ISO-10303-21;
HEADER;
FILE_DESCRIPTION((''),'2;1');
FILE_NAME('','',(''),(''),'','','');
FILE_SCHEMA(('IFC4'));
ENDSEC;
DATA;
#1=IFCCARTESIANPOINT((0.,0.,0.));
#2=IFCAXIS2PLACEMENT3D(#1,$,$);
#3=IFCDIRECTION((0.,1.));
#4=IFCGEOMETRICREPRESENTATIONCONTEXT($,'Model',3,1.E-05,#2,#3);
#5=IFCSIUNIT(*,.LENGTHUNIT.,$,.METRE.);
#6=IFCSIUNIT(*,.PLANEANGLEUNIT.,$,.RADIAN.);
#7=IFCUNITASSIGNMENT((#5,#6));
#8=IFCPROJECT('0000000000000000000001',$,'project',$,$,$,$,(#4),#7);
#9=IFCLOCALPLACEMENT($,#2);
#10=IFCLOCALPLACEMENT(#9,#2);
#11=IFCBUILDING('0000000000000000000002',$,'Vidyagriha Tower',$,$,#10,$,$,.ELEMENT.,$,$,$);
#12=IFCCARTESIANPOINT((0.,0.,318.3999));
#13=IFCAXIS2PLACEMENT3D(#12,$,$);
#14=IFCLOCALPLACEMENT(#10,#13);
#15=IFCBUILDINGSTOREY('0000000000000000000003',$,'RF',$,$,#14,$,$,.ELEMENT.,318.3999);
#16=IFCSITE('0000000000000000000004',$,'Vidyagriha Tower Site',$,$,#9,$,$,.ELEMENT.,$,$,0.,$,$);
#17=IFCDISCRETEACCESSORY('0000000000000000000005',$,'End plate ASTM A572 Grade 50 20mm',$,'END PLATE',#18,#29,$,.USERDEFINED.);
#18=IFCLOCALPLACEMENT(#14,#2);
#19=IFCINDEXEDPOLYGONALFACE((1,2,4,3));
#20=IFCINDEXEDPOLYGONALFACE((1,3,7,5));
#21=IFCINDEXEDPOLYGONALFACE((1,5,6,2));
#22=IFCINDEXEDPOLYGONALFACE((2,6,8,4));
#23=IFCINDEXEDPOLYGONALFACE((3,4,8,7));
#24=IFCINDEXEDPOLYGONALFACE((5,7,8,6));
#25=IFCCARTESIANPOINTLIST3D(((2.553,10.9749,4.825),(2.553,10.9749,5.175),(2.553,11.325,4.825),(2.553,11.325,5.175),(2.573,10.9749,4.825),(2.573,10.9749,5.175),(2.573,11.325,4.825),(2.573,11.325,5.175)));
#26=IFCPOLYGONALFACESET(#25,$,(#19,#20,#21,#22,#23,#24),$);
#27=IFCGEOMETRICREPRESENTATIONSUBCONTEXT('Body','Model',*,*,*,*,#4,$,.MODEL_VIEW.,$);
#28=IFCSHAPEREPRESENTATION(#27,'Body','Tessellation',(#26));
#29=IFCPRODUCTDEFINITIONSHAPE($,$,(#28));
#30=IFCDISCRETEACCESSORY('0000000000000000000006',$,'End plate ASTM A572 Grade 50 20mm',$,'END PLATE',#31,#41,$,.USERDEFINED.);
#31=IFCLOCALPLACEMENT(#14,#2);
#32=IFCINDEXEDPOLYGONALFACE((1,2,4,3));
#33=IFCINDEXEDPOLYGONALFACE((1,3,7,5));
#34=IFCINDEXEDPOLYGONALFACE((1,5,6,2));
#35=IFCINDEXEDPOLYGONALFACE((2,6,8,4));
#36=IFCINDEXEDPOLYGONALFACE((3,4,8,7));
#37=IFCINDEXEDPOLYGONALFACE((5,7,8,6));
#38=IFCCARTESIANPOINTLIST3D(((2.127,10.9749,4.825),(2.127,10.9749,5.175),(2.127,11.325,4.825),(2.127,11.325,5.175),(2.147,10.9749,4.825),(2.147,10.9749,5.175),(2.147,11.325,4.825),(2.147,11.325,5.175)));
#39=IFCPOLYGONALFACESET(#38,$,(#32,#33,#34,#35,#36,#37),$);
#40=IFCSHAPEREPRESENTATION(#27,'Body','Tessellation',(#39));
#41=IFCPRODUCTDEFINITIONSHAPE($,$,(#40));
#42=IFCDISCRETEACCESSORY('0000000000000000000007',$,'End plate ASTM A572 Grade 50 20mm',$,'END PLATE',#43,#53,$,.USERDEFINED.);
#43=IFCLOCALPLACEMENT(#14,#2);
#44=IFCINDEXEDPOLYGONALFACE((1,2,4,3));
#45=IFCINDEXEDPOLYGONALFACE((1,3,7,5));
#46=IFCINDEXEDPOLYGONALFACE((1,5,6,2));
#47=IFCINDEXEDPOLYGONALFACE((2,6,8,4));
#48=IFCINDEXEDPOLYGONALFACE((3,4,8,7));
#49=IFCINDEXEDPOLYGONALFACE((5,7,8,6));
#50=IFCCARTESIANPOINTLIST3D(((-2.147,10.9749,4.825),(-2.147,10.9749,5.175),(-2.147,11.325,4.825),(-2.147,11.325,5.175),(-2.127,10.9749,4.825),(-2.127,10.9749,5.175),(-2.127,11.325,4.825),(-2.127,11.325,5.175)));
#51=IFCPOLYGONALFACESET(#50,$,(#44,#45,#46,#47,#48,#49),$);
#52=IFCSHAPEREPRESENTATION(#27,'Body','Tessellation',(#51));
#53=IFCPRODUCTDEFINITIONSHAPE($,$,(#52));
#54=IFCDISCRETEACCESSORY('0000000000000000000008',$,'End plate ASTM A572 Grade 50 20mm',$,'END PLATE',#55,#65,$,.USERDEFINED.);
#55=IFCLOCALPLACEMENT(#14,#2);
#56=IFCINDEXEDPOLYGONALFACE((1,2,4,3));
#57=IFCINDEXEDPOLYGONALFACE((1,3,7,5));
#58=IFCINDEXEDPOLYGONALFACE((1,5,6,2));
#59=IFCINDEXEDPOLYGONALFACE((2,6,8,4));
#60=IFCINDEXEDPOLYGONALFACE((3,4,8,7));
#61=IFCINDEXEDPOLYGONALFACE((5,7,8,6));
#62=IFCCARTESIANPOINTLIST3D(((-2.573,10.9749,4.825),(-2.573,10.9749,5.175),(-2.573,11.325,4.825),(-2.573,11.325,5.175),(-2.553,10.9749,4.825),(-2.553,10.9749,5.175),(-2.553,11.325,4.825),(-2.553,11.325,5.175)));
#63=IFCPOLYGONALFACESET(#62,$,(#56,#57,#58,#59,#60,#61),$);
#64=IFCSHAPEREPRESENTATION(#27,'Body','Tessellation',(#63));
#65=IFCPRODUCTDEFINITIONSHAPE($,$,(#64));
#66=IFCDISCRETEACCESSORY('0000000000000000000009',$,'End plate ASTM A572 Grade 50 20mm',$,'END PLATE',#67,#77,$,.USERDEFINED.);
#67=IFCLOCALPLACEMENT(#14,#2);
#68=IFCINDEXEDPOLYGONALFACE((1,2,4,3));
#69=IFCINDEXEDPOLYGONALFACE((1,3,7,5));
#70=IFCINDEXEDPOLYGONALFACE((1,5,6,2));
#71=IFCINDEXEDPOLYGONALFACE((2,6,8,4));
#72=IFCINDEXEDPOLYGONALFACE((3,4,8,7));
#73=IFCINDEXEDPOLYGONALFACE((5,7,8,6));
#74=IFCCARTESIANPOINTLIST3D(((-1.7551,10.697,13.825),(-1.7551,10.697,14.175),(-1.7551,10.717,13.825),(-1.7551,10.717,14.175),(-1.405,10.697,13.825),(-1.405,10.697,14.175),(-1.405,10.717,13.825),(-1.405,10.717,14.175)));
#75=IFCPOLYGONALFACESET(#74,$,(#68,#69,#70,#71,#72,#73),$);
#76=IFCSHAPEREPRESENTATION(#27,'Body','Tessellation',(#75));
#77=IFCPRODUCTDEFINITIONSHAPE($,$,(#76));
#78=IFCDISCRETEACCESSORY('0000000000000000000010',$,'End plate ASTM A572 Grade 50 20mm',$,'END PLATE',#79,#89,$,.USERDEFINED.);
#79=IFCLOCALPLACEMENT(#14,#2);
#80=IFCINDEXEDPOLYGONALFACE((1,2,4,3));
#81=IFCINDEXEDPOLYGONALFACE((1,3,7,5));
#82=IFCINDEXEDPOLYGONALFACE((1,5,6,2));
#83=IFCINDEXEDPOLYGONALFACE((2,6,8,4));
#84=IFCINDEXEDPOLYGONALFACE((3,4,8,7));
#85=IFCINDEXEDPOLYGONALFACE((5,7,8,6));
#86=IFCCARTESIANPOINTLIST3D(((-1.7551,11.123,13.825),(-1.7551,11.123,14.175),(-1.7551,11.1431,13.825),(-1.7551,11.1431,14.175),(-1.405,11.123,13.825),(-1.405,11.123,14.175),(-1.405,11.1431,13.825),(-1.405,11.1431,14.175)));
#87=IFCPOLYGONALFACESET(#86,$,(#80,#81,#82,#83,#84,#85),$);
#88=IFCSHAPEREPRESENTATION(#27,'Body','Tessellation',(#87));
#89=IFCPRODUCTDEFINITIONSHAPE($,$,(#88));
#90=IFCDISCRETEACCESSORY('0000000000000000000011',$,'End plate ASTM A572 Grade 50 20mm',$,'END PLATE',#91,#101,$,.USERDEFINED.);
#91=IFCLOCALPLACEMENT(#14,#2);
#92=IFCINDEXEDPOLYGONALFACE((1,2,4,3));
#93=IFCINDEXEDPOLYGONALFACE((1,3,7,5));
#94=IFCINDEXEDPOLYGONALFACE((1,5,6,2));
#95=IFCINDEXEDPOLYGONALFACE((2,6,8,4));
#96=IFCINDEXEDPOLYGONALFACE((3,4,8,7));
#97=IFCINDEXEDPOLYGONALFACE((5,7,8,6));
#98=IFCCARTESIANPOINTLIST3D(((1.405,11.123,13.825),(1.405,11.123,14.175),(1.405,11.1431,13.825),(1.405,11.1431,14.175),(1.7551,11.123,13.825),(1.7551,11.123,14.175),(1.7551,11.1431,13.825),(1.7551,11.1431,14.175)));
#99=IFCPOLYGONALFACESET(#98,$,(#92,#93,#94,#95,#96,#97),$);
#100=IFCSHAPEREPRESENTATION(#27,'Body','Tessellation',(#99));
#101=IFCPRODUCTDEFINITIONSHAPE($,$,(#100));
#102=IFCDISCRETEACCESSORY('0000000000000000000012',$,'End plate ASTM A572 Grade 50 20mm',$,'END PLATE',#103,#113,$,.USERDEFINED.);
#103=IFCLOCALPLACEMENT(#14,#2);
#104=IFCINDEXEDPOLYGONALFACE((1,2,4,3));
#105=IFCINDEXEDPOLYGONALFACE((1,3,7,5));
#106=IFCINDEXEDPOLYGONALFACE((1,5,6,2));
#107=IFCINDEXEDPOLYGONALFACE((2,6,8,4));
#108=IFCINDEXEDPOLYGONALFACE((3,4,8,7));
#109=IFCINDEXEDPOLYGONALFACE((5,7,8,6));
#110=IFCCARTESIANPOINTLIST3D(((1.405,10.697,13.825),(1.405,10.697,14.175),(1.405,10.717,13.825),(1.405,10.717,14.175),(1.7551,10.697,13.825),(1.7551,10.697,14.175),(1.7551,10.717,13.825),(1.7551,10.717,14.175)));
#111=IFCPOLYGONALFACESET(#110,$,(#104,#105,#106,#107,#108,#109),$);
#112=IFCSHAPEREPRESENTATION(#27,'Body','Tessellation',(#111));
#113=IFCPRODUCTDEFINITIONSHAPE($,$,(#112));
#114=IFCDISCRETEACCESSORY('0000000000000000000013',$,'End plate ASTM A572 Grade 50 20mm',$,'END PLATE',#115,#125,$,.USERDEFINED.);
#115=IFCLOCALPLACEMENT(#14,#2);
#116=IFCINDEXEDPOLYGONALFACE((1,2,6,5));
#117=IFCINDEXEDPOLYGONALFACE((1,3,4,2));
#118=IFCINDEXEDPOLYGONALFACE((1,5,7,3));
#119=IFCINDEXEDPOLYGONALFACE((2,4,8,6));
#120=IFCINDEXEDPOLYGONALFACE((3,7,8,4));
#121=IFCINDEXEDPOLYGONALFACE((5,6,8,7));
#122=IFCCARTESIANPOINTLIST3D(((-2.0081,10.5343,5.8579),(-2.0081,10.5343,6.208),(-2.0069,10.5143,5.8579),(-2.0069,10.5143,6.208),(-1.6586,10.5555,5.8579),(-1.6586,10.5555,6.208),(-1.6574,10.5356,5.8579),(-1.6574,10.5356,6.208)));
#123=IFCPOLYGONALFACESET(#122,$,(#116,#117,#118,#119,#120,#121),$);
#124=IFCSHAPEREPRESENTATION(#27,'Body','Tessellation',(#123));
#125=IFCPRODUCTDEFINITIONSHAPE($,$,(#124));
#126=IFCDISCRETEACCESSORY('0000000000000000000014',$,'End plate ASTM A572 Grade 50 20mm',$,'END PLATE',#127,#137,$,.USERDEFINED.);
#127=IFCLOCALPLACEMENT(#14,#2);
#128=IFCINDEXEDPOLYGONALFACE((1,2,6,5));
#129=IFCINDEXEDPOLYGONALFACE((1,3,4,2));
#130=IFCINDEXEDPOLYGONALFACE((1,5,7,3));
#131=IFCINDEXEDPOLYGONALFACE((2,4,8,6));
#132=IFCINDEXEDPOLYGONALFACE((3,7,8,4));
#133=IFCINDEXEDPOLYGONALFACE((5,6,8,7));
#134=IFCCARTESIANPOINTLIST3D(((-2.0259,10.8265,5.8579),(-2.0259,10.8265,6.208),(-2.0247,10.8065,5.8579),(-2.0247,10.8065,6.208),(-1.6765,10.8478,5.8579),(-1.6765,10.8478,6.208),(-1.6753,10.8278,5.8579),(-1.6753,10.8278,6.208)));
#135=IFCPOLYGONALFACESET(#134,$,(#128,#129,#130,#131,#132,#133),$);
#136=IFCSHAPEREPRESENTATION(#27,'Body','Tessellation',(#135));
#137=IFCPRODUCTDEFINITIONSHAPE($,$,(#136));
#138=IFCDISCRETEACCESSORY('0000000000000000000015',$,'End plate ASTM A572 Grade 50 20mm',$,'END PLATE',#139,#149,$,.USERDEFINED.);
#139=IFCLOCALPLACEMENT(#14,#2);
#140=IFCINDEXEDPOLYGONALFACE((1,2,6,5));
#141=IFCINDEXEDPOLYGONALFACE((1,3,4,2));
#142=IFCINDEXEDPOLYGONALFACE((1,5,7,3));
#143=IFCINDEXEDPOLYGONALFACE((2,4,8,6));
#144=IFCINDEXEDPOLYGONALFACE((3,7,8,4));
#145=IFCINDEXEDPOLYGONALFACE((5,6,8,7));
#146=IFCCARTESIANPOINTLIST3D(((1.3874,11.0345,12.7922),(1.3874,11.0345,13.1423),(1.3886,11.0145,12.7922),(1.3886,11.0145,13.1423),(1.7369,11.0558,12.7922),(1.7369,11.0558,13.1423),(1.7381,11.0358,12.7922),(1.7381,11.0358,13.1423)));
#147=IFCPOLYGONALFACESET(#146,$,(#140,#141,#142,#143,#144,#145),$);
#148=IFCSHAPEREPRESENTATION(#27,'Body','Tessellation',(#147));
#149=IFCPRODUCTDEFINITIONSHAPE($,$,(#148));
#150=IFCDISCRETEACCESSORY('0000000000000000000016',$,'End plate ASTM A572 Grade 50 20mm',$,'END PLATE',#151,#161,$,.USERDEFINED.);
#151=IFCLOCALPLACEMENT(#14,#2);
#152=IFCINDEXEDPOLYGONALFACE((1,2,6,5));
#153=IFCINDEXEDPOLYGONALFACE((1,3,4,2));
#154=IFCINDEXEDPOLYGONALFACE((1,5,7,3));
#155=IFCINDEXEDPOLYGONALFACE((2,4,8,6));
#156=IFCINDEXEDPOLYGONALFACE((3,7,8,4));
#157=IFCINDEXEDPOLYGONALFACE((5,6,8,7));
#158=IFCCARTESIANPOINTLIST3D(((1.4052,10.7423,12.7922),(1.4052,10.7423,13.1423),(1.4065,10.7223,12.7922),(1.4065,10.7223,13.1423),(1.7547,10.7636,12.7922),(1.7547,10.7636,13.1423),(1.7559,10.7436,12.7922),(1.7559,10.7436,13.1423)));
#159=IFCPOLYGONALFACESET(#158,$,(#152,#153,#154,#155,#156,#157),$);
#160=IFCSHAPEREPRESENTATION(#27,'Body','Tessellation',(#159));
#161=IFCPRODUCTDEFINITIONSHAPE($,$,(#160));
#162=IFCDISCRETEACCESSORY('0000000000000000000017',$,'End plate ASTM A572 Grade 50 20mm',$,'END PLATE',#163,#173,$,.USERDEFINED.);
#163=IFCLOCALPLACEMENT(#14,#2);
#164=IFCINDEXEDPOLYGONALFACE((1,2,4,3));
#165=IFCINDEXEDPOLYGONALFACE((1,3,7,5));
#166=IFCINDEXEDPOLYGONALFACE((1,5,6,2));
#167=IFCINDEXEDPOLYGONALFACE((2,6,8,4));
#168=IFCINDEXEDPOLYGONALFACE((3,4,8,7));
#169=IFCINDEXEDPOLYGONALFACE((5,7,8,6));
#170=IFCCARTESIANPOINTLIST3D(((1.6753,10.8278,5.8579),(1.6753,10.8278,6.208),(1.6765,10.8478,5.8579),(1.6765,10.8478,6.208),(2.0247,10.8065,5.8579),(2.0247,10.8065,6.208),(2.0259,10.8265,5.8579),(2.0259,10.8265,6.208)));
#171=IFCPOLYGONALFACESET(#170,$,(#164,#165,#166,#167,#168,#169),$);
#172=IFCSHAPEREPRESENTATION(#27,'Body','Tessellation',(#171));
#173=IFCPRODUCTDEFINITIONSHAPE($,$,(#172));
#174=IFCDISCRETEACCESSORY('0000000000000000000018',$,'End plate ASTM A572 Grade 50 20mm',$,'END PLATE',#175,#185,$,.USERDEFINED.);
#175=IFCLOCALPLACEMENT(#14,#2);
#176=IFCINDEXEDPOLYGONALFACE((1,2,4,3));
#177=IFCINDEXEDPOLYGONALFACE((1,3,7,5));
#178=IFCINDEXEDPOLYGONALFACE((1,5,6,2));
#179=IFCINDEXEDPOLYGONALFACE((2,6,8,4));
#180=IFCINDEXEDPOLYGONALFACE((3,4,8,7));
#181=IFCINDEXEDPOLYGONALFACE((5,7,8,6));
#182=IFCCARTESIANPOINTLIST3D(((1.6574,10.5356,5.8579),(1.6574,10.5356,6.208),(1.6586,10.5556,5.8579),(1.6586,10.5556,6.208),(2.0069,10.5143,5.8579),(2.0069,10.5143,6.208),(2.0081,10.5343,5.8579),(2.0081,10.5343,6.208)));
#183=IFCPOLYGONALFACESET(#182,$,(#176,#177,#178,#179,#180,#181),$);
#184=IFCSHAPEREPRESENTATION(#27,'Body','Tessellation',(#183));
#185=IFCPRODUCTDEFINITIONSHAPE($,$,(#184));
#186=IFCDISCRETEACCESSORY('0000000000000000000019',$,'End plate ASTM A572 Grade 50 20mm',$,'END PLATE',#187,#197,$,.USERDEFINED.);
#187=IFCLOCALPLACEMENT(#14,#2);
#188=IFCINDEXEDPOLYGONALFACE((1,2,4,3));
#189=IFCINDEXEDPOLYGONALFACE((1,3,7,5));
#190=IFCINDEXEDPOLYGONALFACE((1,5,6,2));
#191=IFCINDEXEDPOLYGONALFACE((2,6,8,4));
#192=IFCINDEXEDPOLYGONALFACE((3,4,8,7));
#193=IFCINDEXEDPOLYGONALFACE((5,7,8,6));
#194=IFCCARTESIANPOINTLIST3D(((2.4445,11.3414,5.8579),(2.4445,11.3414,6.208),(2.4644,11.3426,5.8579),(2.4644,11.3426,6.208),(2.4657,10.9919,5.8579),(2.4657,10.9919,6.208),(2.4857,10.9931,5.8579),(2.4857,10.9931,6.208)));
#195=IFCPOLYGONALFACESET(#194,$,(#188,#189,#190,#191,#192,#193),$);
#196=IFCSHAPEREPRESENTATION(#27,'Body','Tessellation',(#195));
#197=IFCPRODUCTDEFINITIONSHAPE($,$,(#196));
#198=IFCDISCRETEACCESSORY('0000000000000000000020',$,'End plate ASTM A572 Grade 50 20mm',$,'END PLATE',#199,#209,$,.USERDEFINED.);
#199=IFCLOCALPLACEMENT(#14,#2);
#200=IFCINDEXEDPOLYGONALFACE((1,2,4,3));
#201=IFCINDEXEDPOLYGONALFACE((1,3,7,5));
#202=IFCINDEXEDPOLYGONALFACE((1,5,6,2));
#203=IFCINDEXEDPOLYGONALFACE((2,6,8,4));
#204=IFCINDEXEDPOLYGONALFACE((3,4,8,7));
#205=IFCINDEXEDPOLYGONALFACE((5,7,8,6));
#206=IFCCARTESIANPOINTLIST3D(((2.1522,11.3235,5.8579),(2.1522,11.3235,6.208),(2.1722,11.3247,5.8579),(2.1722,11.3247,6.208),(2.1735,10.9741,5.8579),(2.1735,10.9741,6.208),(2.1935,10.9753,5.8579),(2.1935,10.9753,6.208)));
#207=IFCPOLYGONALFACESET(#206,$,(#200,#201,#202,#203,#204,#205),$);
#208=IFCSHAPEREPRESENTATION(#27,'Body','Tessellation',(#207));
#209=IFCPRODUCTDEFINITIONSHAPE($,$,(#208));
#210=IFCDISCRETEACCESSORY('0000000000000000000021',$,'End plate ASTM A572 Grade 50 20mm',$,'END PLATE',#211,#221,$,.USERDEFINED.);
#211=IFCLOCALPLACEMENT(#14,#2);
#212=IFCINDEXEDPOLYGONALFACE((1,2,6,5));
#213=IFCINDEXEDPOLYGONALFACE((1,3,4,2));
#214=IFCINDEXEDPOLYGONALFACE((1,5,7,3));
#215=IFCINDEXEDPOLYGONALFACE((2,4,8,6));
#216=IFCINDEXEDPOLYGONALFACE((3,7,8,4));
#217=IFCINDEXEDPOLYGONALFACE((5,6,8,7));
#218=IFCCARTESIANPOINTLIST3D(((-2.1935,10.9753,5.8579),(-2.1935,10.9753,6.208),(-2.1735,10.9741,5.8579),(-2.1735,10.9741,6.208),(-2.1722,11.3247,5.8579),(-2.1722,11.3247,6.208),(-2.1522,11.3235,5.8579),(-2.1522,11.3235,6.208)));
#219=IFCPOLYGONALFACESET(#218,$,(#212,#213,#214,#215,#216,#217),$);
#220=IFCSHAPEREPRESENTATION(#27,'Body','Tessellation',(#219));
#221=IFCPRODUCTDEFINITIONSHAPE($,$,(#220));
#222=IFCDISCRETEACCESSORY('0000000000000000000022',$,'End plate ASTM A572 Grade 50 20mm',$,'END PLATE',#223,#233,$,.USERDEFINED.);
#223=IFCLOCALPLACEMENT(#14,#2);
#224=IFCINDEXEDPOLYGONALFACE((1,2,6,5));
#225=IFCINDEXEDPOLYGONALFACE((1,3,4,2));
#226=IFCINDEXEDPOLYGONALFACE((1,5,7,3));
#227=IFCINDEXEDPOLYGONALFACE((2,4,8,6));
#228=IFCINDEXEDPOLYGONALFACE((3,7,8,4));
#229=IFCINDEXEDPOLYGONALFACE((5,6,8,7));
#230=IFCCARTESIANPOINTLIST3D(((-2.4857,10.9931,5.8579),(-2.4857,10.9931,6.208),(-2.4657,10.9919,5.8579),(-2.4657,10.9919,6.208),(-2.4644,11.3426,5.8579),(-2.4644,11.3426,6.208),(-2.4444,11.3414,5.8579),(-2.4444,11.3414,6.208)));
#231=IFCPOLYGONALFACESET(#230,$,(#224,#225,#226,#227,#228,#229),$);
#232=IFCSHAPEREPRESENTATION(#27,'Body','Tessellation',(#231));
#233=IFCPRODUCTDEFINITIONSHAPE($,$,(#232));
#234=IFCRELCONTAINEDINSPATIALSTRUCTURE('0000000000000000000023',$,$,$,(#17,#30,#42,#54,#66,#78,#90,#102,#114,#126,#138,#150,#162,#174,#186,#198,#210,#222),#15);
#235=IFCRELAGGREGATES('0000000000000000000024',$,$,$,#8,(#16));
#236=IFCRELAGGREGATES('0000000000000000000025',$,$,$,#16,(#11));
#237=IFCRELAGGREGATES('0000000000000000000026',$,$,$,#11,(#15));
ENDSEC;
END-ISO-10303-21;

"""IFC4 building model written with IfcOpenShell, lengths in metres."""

from ifc_helpers import new_model, si_unit, direction, frame, origin, origin_2d, place, context, subcontext, project, spatial, rectangle, extrude, element, save


model = new_model("IFC4")

# Units and contexts
model_context = context("Model", 3, precision=1e-05, world=origin(), true_north=direction((0.0, 1.0)))
body_context = subcontext(model_context, "Body", "Model", "MODEL_VIEW")
ifc_project = project(units=[si_unit("LENGTHUNIT", "METRE"), si_unit("PLANEANGLEUNIT", "RADIAN")], contexts=[model_context])

# Site, building, storey
site_placement = place(None, origin())
site = spatial("IfcSite", under=ifc_project, at=site_placement, Name="Vidyagriha Tower Site", CompositionType="ELEMENT", RefElevation=0.0)
building_placement = place(site_placement, origin())
building = spatial("IfcBuilding", under=site, at=building_placement, Name="Vidyagriha Tower", CompositionType="ELEMENT")
storey_placement = place(building_placement, frame((0.0, 0.0, 318.3999)))
storey = spatial("IfcBuildingStorey", under=building, at=storey_placement, Name="RF", CompositionType="ELEMENT", Elevation=318.3999)

# Discrete accessories
for number, where, z_axis, x_axis, name in (
    (1, (2.563, 11.1499, 4.825), (0.0, 0.0, 1.0), (0.0, -1.0, 0.0), "End plate ASTM A572 Grade 50 20mm"),
    (2, (2.137, 11.1499, 4.825), (0.0, 0.0, 1.0), (0.0, -1.0, 0.0), "End plate ASTM A572 Grade 50 20mm"),
    (3, (-2.137, 11.1499, 4.825), (0.0, 0.0, 1.0), (0.0, -1.0, 0.0), "End plate ASTM A572 Grade 50 20mm"),
    (4, (-2.563, 11.1499, 4.825), (0.0, 0.0, 1.0), (0.0, -1.0, 0.0), "End plate ASTM A572 Grade 50 20mm"),
    (5, (-1.5801, 10.707, 13.825), (0.0, 0.0, 1.0), (-1.0, 0.0, 0.0), "End plate ASTM A572 Grade 50 20mm"),
    (6, (-1.5801, 11.1331, 13.825), (0.0, 0.0, 1.0), (-1.0, 0.0, 0.0), "End plate ASTM A572 Grade 50 20mm"),
):
    element("IfcDiscreteAccessory", number, at=place(storey_placement, frame(where, z_axis=z_axis, x_axis=x_axis)), inside=storey, Name=name, ObjectType="END PLATE", PredefinedType="USERDEFINED", context=body_context, shape_type="SweptSolid", body=[
        extrude(rectangle(XDim=0.3501, YDim=0.02, at=origin_2d()), origin(), (0.0, 0.0, 1.0), 0.3501),
    ])
for number, where, name in (
    (7, (1.5801, 11.1331, 13.825), "End plate ASTM A572 Grade 50 20mm"),
    (8, (1.5801, 10.707, 13.825), "End plate ASTM A572 Grade 50 20mm"),
):
    element("IfcDiscreteAccessory", number, at=place(storey_placement, frame(where)), inside=storey, Name=name, ObjectType="END PLATE", PredefinedType="USERDEFINED", context=body_context, shape_type="SweptSolid", body=[
        extrude(rectangle(XDim=0.3501, YDim=0.02, at=origin_2d()), origin(), (0.0, 0.0, 1.0), 0.3501),
    ])
for number, where, z_axis, x_axis, name in (
    (9, (-1.8328, 10.5349, 5.8579), (0.0, 0.0, 1.0), (-0.998149, -0.06082, 0.0), "End plate ASTM A572 Grade 50 20mm"),
    (10, (-1.8506, 10.8271, 5.8579), (0.0, 0.0, 1.0), (-0.998149, -0.06082, 0.0), "End plate ASTM A572 Grade 50 20mm"),
    (11, (1.5627, 11.0352, 12.7922), (0.0, 0.0, 1.0), (0.998149, 0.06082, 0.0), "End plate ASTM A572 Grade 50 20mm"),
    (12, (1.5806, 10.7429, 12.7922), (0.0, 0.0, 1.0), (0.998149, 0.06082, 0.0), "End plate ASTM A572 Grade 50 20mm"),
    (13, (1.8506, 10.8271, 5.8579), (0.0, 0.0, 1.0), (0.998149, -0.060824, 0.0), "End plate ASTM A572 Grade 50 20mm"),
    (14, (1.8328, 10.5349, 5.8579), (0.0, 0.0, 1.0), (0.998149, -0.060824, 0.0), "End plate ASTM A572 Grade 50 20mm"),
    (15, (2.4651, 11.1672, 5.8579), (0.0, 0.0, 1.0), (0.06082, -0.998149, 0.0), "End plate ASTM A572 Grade 50 20mm"),
    (16, (2.1729, 11.1494, 5.8579), (0.0, 0.0, 1.0), (0.06082, -0.998149, 0.0), "End plate ASTM A572 Grade 50 20mm"),
    (17, (-2.1729, 11.1494, 5.8579), (0.0, 0.0, 1.0), (-0.060824, -0.998149, 0.0), "End plate ASTM A572 Grade 50 20mm"),
    (18, (-2.4651, 11.1672, 5.8579), (0.0, 0.0, 1.0), (-0.060824, -0.998149, 0.0), "End plate ASTM A572 Grade 50 20mm"),
):
    element("IfcDiscreteAccessory", number, at=place(storey_placement, frame(where, z_axis=z_axis, x_axis=x_axis)), inside=storey, Name=name, ObjectType="END PLATE", PredefinedType="USERDEFINED", context=body_context, shape_type="SweptSolid", body=[
        extrude(rectangle(XDim=0.3501, YDim=0.02, at=origin_2d()), origin(), (0.0, 0.0, 1.0), 0.3501),
    ])

save(model, "model.ifc")
